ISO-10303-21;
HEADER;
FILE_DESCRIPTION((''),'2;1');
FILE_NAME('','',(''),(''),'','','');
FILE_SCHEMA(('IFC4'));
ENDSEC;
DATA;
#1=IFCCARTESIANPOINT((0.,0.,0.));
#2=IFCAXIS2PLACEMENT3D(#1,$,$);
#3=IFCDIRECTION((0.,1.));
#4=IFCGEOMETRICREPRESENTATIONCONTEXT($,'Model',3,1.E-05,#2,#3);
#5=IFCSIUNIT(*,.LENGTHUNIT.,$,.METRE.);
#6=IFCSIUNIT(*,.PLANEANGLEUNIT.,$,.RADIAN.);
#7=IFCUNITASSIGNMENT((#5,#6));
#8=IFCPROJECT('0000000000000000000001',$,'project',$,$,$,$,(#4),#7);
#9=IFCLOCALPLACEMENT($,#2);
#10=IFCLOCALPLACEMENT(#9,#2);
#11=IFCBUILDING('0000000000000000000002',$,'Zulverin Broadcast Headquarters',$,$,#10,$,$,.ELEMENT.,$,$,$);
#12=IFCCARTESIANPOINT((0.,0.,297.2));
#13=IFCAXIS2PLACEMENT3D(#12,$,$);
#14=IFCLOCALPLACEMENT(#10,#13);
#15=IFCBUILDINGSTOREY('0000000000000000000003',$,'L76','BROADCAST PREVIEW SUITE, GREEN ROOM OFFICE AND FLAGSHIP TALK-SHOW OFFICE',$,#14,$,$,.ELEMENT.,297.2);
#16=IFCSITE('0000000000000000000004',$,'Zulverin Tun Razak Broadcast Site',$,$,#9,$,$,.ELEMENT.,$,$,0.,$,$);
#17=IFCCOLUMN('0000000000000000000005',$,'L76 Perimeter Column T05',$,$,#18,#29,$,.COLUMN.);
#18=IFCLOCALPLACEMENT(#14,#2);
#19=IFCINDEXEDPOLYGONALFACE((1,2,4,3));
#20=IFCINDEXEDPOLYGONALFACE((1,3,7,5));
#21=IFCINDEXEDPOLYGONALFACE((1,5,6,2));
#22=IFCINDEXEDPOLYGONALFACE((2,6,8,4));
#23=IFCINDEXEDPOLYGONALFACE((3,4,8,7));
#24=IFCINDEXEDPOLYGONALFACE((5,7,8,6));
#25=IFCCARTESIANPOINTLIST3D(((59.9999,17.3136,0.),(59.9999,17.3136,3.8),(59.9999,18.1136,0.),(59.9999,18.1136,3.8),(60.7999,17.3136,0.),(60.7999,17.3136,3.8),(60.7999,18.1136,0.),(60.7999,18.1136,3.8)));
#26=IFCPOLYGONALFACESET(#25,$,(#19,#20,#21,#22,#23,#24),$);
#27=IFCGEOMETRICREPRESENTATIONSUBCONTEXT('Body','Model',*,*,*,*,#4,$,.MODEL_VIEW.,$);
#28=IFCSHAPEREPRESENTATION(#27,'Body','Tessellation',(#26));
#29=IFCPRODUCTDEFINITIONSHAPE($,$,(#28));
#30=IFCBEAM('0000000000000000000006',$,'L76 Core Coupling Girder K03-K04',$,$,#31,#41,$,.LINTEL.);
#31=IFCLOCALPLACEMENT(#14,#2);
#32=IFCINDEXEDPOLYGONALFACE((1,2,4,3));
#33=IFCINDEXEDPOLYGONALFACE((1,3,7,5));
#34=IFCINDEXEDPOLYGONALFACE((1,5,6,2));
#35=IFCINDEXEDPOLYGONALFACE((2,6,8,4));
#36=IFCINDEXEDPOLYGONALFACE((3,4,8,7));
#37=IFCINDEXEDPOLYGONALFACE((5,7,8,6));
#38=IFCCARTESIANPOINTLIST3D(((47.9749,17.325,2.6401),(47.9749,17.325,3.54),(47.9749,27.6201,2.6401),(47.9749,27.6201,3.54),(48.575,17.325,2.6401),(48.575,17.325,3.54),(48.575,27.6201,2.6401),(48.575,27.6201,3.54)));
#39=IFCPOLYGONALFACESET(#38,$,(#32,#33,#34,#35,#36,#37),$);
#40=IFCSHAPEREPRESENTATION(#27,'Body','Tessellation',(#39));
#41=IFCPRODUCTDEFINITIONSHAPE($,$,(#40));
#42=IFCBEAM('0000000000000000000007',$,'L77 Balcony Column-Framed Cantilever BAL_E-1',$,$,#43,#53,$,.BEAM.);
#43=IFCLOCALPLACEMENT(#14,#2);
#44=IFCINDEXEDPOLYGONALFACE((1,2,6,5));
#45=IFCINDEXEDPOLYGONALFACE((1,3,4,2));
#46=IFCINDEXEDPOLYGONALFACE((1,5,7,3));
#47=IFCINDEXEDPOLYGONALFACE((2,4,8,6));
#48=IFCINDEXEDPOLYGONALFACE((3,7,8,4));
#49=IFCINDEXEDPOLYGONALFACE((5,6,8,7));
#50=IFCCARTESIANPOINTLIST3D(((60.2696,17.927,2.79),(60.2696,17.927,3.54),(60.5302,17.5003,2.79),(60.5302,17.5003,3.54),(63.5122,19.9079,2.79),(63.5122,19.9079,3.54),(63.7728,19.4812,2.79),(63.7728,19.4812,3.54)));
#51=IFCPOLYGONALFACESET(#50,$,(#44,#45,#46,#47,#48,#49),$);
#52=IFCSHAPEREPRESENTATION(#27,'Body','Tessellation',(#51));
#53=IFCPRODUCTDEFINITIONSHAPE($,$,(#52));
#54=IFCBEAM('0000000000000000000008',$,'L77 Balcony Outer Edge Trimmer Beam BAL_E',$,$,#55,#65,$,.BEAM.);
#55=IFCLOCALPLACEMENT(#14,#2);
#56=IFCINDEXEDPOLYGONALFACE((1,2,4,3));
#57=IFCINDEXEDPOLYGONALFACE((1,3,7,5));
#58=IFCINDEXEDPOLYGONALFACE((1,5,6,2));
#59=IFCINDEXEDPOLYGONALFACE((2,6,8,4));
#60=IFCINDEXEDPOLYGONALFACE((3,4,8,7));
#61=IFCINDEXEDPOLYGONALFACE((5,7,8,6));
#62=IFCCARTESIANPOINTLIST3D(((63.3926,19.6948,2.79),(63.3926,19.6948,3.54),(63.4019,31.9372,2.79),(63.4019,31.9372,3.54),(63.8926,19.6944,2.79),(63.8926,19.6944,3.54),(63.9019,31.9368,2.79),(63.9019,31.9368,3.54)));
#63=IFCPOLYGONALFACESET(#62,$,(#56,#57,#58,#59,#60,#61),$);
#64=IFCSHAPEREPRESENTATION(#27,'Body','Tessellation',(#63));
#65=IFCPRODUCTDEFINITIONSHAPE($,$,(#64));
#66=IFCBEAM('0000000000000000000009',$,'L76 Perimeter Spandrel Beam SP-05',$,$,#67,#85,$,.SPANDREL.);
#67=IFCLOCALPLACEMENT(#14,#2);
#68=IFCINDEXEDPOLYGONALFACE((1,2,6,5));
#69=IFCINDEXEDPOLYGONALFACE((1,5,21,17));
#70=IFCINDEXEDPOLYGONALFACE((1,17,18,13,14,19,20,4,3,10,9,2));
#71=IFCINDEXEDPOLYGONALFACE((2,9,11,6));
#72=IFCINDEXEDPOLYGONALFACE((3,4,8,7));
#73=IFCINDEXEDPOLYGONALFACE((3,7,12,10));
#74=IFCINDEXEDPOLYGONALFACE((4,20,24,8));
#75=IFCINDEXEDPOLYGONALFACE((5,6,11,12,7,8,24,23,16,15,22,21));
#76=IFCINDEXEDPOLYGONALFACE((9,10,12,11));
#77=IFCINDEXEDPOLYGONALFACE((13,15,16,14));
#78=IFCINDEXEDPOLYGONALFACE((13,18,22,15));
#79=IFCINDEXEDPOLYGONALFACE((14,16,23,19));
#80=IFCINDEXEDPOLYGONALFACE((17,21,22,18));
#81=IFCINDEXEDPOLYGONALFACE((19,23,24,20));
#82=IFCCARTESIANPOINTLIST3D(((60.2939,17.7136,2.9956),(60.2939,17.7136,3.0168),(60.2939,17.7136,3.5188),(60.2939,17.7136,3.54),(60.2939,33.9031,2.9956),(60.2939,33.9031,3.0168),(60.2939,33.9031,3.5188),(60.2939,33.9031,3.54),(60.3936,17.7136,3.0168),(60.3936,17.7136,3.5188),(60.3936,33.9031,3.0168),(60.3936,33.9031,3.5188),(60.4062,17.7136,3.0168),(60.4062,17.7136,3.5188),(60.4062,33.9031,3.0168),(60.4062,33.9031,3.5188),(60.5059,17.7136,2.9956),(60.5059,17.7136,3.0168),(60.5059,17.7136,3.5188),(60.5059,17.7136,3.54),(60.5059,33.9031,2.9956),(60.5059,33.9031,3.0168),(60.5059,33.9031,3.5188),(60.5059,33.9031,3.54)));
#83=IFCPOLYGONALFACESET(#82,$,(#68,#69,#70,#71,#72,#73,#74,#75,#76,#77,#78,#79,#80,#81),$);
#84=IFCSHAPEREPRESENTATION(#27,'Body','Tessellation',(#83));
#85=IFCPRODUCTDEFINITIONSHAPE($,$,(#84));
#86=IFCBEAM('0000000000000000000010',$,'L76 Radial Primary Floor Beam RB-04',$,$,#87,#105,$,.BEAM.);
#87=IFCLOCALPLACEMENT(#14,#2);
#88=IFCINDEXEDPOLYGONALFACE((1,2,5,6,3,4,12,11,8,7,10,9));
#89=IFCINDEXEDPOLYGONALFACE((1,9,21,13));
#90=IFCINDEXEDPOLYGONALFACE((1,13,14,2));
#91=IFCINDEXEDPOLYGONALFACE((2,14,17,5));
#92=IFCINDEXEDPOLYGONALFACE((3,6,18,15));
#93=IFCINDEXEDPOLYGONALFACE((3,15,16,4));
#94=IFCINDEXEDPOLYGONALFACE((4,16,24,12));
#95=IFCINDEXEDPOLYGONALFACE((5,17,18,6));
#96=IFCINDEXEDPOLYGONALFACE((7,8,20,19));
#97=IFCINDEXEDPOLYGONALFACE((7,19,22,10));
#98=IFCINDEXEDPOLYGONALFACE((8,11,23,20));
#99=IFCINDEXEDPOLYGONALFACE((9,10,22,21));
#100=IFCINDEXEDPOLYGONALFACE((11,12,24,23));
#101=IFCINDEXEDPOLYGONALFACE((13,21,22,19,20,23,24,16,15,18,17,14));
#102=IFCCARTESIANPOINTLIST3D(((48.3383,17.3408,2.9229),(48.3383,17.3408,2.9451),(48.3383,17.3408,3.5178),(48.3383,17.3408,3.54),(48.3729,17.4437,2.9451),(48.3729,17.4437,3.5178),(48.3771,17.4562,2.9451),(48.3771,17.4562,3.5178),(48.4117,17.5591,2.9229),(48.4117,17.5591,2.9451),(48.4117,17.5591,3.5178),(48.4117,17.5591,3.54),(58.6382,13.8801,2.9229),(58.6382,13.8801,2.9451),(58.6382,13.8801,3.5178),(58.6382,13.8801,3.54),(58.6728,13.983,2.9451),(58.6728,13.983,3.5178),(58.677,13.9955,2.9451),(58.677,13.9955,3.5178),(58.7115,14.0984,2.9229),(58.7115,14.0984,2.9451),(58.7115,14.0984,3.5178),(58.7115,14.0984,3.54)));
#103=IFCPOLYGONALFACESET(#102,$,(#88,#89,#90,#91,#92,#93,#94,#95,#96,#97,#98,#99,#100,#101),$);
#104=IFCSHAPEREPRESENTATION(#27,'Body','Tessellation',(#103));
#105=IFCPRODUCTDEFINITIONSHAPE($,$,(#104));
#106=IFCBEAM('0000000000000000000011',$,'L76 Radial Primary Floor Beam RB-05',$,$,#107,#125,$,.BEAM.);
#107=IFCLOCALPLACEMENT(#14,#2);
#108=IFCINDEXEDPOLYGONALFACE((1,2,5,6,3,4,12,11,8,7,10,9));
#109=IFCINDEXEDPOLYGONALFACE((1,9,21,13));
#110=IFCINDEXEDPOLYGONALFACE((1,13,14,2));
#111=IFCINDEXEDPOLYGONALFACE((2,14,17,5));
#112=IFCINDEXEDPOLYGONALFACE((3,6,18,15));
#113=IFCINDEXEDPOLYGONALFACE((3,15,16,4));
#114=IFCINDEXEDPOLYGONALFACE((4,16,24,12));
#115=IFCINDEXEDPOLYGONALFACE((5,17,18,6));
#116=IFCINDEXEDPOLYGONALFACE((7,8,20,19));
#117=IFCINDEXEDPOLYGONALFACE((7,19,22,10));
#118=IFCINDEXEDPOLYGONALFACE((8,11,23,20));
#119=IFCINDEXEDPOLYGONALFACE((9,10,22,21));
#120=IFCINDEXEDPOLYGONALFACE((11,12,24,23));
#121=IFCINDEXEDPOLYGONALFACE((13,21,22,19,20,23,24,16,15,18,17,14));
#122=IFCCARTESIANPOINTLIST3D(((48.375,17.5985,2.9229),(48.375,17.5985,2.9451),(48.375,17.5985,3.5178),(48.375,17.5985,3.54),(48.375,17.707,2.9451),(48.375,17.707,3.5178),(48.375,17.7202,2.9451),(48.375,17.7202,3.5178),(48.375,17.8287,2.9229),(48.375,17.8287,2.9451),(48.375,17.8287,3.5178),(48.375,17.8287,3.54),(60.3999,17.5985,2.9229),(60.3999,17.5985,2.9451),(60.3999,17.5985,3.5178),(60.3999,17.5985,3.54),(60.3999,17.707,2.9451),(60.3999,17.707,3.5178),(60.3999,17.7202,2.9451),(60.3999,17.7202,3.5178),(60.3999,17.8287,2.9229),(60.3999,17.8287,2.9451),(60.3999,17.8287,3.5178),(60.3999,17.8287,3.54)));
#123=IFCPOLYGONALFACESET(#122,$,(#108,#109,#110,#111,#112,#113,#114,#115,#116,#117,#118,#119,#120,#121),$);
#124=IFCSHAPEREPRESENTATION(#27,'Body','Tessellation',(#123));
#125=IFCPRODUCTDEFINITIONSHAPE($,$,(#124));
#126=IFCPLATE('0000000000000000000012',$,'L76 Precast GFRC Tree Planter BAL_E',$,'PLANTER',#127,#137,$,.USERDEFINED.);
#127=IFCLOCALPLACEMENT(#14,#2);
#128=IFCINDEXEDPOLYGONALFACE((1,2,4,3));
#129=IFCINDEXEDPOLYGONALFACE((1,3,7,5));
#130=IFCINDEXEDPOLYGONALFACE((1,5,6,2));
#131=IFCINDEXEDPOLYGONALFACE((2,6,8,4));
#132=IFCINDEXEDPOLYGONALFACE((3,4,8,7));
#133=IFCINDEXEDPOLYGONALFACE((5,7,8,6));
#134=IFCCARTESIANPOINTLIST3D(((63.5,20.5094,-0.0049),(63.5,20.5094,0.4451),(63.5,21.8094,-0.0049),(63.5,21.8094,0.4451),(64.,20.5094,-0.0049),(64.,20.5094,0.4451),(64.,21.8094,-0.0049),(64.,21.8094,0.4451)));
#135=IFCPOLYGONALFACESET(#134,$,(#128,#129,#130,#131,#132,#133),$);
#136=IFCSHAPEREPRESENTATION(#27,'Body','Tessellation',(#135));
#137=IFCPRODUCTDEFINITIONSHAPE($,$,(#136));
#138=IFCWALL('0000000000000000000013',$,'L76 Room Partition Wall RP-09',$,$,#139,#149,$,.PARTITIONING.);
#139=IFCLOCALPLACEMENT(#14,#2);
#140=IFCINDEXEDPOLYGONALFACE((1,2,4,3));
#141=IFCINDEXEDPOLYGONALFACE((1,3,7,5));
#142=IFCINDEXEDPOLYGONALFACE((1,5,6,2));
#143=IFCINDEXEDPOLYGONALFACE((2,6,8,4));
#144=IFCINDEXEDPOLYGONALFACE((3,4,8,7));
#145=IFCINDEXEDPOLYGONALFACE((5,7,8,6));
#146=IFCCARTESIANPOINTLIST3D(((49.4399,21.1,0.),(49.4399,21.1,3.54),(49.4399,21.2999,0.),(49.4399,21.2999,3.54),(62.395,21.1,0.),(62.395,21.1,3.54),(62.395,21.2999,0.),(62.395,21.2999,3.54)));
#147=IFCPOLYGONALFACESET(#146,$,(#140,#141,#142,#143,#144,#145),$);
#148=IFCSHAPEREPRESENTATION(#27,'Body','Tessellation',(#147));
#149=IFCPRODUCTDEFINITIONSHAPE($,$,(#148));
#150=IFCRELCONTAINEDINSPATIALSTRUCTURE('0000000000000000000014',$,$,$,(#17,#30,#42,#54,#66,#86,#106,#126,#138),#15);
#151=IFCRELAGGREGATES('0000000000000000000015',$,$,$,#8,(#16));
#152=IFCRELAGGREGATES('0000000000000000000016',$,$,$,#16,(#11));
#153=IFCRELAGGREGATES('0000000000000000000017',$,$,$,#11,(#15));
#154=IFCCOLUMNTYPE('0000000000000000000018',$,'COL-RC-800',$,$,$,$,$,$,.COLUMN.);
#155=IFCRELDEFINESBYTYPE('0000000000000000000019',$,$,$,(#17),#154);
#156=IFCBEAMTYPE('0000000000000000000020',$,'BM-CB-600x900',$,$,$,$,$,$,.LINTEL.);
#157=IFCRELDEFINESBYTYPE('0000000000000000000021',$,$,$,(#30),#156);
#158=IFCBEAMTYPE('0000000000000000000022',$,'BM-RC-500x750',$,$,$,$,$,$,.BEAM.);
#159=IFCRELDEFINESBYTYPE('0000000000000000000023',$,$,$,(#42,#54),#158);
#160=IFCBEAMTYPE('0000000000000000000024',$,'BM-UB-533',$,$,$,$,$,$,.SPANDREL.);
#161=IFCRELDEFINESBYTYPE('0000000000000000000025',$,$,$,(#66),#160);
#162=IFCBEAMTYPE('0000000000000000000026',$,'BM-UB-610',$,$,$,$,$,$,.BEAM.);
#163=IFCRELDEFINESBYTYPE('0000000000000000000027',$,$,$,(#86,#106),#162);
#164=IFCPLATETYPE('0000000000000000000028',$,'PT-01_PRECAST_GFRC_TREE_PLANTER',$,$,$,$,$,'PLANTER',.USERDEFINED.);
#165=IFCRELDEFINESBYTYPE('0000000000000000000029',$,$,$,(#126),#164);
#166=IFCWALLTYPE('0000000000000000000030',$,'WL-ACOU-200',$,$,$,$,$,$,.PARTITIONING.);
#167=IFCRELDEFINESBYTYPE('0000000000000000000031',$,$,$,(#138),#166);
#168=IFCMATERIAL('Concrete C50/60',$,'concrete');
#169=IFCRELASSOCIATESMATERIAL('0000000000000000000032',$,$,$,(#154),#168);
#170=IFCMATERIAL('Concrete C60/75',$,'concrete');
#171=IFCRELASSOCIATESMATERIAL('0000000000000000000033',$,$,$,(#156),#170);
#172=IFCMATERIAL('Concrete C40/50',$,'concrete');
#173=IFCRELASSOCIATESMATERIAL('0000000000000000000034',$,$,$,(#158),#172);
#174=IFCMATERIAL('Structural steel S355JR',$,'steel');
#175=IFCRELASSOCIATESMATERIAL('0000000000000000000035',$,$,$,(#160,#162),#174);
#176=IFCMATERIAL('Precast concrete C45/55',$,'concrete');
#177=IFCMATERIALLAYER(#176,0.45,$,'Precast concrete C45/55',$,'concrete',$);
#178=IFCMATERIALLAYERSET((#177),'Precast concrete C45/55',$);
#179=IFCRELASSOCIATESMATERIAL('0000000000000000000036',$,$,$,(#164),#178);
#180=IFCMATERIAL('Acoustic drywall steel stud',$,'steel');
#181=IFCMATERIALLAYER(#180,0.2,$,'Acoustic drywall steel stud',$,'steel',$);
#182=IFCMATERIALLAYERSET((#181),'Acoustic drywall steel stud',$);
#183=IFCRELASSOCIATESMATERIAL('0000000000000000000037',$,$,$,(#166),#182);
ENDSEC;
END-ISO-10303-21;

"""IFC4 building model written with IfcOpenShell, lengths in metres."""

from ifc_helpers import new_model, si_unit, direction, frame, frame_2d, origin, origin_2d, place, context, subcontext, project, spatial, rectangle, i_section, extrude, material, layer, layer_set, material_profile, profile_set, type_object, element, save


model = new_model("IFC4")

# Units and contexts
model_context = context("Model", 3, precision=1e-05, world=origin(), true_north=direction((0.0, 1.0)))
body_context = subcontext(model_context, "Body", "Model", "MODEL_VIEW")
ifc_project = project(units=[si_unit("LENGTHUNIT", "METRE"), si_unit("PLANEANGLEUNIT", "RADIAN")], contexts=[model_context])

# Site, building, storey
site_placement = place(None, origin())
site = spatial("IfcSite", under=ifc_project, at=site_placement, Name="Zulverin Tun Razak Broadcast Site", CompositionType="ELEMENT", RefElevation=0.0)
building_placement = place(site_placement, origin())
building = spatial("IfcBuilding", under=site, at=building_placement, Name="Zulverin Broadcast Headquarters", CompositionType="ELEMENT")
storey_placement = place(building_placement, frame((0.0, 0.0, 297.2)))
storey = spatial("IfcBuildingStorey", under=building, at=storey_placement, Name="L76", Description="BROADCAST PREVIEW SUITE, GREEN ROOM OFFICE AND FLAGSHIP TALK-SHOW OFFICE", CompositionType="ELEMENT", Elevation=297.2)

# Column
ifc_material_1 = material(Name="Concrete C50/60", Category="concrete")
ifc_material_profile_1 = material_profile(ifc_material_1, rectangle(XDim=0.8, YDim=0.8, at=origin_2d()), Name="Concrete C50/60", Category="concrete")
ifc_profile_set_1 = profile_set([ifc_material_profile_1], Name="Concrete C50/60")
column_type = type_object("IfcColumnType", Name="COL-RC-800", PredefinedType="COLUMN", material=ifc_profile_set_1)
column_placement = place(storey_placement, frame((60.3999, 17.7136, 0.0), z_axis=(0.0, 0.0, 1.0), x_axis=(1.0, 0.0, 0.0)))
element("IfcColumn", 1, at=column_placement, inside=storey, type_object=column_type, Name="L76 Perimeter Column T05", PredefinedType="COLUMN", context=body_context, shape_type="SweptSolid", body=[
    extrude(rectangle(XDim=0.8, YDim=0.8, at=origin_2d()), origin(), (0.0, 0.0, 1.0), 3.8),
])

# Beams
ifc_material_2 = material(Name="Concrete C60/75", Category="concrete")
ifc_material_profile_2 = material_profile(ifc_material_2, rectangle(XDim=0.6001, YDim=0.8999, at=origin_2d()), Name="Concrete C60/75", Category="concrete")
ifc_profile_set_2 = profile_set([ifc_material_profile_2], Name="Concrete C60/75")
beam_type_1 = type_object("IfcBeamType", Name="BM-CB-600x900", PredefinedType="LINTEL", material=ifc_profile_set_2)
beam_1_placement = place(storey_placement, frame((48.2749, 17.325, 3.0901), z_axis=(0.0, 1.0, 0.0), x_axis=(-1.0, 0.0, 0.0)))
element("IfcBeam", 2, at=beam_1_placement, inside=storey, type_object=beam_type_1, Name="L76 Core Coupling Girder K03-K04", PredefinedType="LINTEL", context=body_context, shape_type="SweptSolid", body=[
    extrude(rectangle(XDim=0.6001, YDim=0.8999, at=origin_2d()), origin(), (0.0, 0.0, 1.0), 10.2952),
])
ifc_material_3 = material(Name="Concrete C40/50", Category="concrete")
ifc_material_profile_3 = material_profile(ifc_material_3, rectangle(XDim=0.5, YDim=0.75, at=origin_2d()), Name="Concrete C40/50", Category="concrete")
ifc_profile_set_3 = profile_set([ifc_material_profile_3], Name="Concrete C40/50")
beam_type_2 = type_object("IfcBeamType", Name="BM-RC-500x750", PredefinedType="BEAM", material=ifc_profile_set_3)
beam_2_placement = place(storey_placement, frame((60.3999, 17.7136, 3.165), z_axis=(0.853361, 0.52132, 0.0), x_axis=(-0.52132, 0.853361, 0.0)))
element("IfcBeam", 3, at=beam_2_placement, inside=storey, type_object=beam_type_2, Name="L77 Balcony Column-Framed Cantilever BAL_E-1", PredefinedType="BEAM", context=body_context, shape_type="SweptSolid", body=[
    extrude(rectangle(XDim=0.5, YDim=0.75, at=origin_2d()), origin(), (0.0, 0.0, 1.0), 3.7998),
])
beam_3_placement = place(storey_placement, frame((63.6426, 19.6946, 3.165), z_axis=(0.000758, 1.0, 0.0), x_axis=(-1.0, 0.000758, 0.0)))
element("IfcBeam", 4, at=beam_3_placement, inside=storey, type_object=beam_type_2, Name="L77 Balcony Outer Edge Trimmer Beam BAL_E", PredefinedType="BEAM", context=body_context, shape_type="SweptSolid", body=[
    extrude(rectangle(XDim=0.5, YDim=0.75, at=origin_2d()), origin(), (0.0, 0.0, 1.0), 12.2424),
])
ifc_material_4 = material(Name="Structural steel S355JR", Category="steel")
ifc_material_profile_4 = material_profile(ifc_material_4, i_section(OverallWidth=0.2119, OverallDepth=0.5444, WebThickness=0.0127, FlangeThickness=0.0212, at=origin_2d()), Name="Structural steel S355JR", Category="steel")
ifc_profile_set_4 = profile_set([ifc_material_profile_4], Name="Structural steel S355JR")
beam_type_3 = type_object("IfcBeamType", Name="BM-UB-533", PredefinedType="SPANDREL", material=ifc_profile_set_4)
beam_4_placement = place(storey_placement, frame((60.3999, 17.7136, 3.2678), z_axis=(0.0, 1.0, 0.0), x_axis=(-1.0, 0.0, 0.0)))
element("IfcBeam", 5, at=beam_4_placement, inside=storey, type_object=beam_type_3, Name="L76 Perimeter Spandrel Beam SP-05", PredefinedType="SPANDREL", context=body_context, shape_type="SweptSolid", body=[
    extrude(i_section(OverallWidth=0.2119, OverallDepth=0.5444, WebThickness=0.0127, FlangeThickness=0.0212, at=origin_2d()), origin(), (0.0, 0.0, 1.0), 16.1895),
])
ifc_material_profile_5 = material_profile(ifc_material_4, i_section(OverallWidth=0.2302, OverallDepth=0.6172, WebThickness=0.0132, FlangeThickness=0.0222, at=origin_2d()), Name="Structural steel S355JR", Category="steel")
ifc_profile_set_5 = profile_set([ifc_material_profile_5], Name="Structural steel S355JR")
beam_type_4 = type_object("IfcBeamType", Name="BM-UB-610", PredefinedType="BEAM", material=ifc_profile_set_5)
beam_5_placement = place(storey_placement, frame((48.375, 17.45, 3.2314), z_axis=(0.947923, -0.318498, 0.0), x_axis=(0.318498, 0.947923, 0.0)))
element("IfcBeam", 6, at=beam_5_placement, inside=storey, type_object=beam_type_4, Name="L76 Radial Primary Floor Beam RB-04", PredefinedType="BEAM", context=body_context, shape_type="SweptSolid", body=[
    extrude(i_section(OverallWidth=0.2302, OverallDepth=0.6172, WebThickness=0.0132, FlangeThickness=0.0222, at=origin_2d()), origin(), (0.0, 0.0, 1.0), 10.8657),
])
beam_6_placement = place(storey_placement, frame((48.375, 17.7136, 3.2314), z_axis=(1.0, 0.0, 0.0), x_axis=(0.0, 1.0, 0.0)))
element("IfcBeam", 7, at=beam_6_placement, inside=storey, type_object=beam_type_4, Name="L76 Radial Primary Floor Beam RB-05", PredefinedType="BEAM", context=body_context, shape_type="SweptSolid", body=[
    extrude(i_section(OverallWidth=0.2302, OverallDepth=0.6172, WebThickness=0.0132, FlangeThickness=0.0222, at=origin_2d()), origin(), (0.0, 0.0, 1.0), 12.0249),
])

# Plate
ifc_material_5 = material(Name="Precast concrete C45/55", Category="concrete")
ifc_layer_1 = layer(ifc_material_5, 0.45, Name="Precast concrete C45/55", Category="concrete")
ifc_layer_set_1 = layer_set([ifc_layer_1], Name="Precast concrete C45/55")
plate_type = type_object("IfcPlateType", Name="PT-01_PRECAST_GFRC_TREE_PLANTER", ElementType="PLANTER", PredefinedType="USERDEFINED", material=ifc_layer_set_1)
plate_placement = place(storey_placement, frame((63.75, 21.1594, -0.0049), z_axis=(0.0, 0.0, 1.0), x_axis=(0.0, 1.0, 0.0)))
element("IfcPlate", 8, at=plate_placement, inside=storey, type_object=plate_type, Name="L76 Precast GFRC Tree Planter BAL_E", ObjectType="PLANTER", PredefinedType="USERDEFINED", context=body_context, shape_type="SweptSolid", body=[
    extrude(rectangle(XDim=1.3, YDim=0.5, at=origin_2d()), origin(), (0.0, 0.0, 1.0), 0.45),
])

# Wall
ifc_material_6 = material(Name="Acoustic drywall steel stud", Category="steel")
ifc_layer_2 = layer(ifc_material_6, 0.2, Name="Acoustic drywall steel stud", Category="steel")
ifc_layer_set_2 = layer_set([ifc_layer_2], Name="Acoustic drywall steel stud")
wall_type_1 = type_object("IfcWallType", Name="WL-ACOU-200", PredefinedType="PARTITIONING", material=ifc_layer_set_2)
wall_1_placement = place(storey_placement, frame((49.4399, 21.2, 0.0), z_axis=(0.0, 0.0, 1.0), x_axis=(1.0, 0.0, 0.0)))
element("IfcWall", 9, at=wall_1_placement, inside=storey, type_object=wall_type_1, Name="L76 Room Partition Wall RP-09", PredefinedType="PARTITIONING", context=body_context, shape_type="SweptSolid", body=[
    extrude(rectangle(XDim=12.9551, YDim=0.2, at=frame_2d((6.4775, 0.0))), origin(), (0.0, 0.0, 1.0), 3.54),
])

save(model, "model.ifc")
